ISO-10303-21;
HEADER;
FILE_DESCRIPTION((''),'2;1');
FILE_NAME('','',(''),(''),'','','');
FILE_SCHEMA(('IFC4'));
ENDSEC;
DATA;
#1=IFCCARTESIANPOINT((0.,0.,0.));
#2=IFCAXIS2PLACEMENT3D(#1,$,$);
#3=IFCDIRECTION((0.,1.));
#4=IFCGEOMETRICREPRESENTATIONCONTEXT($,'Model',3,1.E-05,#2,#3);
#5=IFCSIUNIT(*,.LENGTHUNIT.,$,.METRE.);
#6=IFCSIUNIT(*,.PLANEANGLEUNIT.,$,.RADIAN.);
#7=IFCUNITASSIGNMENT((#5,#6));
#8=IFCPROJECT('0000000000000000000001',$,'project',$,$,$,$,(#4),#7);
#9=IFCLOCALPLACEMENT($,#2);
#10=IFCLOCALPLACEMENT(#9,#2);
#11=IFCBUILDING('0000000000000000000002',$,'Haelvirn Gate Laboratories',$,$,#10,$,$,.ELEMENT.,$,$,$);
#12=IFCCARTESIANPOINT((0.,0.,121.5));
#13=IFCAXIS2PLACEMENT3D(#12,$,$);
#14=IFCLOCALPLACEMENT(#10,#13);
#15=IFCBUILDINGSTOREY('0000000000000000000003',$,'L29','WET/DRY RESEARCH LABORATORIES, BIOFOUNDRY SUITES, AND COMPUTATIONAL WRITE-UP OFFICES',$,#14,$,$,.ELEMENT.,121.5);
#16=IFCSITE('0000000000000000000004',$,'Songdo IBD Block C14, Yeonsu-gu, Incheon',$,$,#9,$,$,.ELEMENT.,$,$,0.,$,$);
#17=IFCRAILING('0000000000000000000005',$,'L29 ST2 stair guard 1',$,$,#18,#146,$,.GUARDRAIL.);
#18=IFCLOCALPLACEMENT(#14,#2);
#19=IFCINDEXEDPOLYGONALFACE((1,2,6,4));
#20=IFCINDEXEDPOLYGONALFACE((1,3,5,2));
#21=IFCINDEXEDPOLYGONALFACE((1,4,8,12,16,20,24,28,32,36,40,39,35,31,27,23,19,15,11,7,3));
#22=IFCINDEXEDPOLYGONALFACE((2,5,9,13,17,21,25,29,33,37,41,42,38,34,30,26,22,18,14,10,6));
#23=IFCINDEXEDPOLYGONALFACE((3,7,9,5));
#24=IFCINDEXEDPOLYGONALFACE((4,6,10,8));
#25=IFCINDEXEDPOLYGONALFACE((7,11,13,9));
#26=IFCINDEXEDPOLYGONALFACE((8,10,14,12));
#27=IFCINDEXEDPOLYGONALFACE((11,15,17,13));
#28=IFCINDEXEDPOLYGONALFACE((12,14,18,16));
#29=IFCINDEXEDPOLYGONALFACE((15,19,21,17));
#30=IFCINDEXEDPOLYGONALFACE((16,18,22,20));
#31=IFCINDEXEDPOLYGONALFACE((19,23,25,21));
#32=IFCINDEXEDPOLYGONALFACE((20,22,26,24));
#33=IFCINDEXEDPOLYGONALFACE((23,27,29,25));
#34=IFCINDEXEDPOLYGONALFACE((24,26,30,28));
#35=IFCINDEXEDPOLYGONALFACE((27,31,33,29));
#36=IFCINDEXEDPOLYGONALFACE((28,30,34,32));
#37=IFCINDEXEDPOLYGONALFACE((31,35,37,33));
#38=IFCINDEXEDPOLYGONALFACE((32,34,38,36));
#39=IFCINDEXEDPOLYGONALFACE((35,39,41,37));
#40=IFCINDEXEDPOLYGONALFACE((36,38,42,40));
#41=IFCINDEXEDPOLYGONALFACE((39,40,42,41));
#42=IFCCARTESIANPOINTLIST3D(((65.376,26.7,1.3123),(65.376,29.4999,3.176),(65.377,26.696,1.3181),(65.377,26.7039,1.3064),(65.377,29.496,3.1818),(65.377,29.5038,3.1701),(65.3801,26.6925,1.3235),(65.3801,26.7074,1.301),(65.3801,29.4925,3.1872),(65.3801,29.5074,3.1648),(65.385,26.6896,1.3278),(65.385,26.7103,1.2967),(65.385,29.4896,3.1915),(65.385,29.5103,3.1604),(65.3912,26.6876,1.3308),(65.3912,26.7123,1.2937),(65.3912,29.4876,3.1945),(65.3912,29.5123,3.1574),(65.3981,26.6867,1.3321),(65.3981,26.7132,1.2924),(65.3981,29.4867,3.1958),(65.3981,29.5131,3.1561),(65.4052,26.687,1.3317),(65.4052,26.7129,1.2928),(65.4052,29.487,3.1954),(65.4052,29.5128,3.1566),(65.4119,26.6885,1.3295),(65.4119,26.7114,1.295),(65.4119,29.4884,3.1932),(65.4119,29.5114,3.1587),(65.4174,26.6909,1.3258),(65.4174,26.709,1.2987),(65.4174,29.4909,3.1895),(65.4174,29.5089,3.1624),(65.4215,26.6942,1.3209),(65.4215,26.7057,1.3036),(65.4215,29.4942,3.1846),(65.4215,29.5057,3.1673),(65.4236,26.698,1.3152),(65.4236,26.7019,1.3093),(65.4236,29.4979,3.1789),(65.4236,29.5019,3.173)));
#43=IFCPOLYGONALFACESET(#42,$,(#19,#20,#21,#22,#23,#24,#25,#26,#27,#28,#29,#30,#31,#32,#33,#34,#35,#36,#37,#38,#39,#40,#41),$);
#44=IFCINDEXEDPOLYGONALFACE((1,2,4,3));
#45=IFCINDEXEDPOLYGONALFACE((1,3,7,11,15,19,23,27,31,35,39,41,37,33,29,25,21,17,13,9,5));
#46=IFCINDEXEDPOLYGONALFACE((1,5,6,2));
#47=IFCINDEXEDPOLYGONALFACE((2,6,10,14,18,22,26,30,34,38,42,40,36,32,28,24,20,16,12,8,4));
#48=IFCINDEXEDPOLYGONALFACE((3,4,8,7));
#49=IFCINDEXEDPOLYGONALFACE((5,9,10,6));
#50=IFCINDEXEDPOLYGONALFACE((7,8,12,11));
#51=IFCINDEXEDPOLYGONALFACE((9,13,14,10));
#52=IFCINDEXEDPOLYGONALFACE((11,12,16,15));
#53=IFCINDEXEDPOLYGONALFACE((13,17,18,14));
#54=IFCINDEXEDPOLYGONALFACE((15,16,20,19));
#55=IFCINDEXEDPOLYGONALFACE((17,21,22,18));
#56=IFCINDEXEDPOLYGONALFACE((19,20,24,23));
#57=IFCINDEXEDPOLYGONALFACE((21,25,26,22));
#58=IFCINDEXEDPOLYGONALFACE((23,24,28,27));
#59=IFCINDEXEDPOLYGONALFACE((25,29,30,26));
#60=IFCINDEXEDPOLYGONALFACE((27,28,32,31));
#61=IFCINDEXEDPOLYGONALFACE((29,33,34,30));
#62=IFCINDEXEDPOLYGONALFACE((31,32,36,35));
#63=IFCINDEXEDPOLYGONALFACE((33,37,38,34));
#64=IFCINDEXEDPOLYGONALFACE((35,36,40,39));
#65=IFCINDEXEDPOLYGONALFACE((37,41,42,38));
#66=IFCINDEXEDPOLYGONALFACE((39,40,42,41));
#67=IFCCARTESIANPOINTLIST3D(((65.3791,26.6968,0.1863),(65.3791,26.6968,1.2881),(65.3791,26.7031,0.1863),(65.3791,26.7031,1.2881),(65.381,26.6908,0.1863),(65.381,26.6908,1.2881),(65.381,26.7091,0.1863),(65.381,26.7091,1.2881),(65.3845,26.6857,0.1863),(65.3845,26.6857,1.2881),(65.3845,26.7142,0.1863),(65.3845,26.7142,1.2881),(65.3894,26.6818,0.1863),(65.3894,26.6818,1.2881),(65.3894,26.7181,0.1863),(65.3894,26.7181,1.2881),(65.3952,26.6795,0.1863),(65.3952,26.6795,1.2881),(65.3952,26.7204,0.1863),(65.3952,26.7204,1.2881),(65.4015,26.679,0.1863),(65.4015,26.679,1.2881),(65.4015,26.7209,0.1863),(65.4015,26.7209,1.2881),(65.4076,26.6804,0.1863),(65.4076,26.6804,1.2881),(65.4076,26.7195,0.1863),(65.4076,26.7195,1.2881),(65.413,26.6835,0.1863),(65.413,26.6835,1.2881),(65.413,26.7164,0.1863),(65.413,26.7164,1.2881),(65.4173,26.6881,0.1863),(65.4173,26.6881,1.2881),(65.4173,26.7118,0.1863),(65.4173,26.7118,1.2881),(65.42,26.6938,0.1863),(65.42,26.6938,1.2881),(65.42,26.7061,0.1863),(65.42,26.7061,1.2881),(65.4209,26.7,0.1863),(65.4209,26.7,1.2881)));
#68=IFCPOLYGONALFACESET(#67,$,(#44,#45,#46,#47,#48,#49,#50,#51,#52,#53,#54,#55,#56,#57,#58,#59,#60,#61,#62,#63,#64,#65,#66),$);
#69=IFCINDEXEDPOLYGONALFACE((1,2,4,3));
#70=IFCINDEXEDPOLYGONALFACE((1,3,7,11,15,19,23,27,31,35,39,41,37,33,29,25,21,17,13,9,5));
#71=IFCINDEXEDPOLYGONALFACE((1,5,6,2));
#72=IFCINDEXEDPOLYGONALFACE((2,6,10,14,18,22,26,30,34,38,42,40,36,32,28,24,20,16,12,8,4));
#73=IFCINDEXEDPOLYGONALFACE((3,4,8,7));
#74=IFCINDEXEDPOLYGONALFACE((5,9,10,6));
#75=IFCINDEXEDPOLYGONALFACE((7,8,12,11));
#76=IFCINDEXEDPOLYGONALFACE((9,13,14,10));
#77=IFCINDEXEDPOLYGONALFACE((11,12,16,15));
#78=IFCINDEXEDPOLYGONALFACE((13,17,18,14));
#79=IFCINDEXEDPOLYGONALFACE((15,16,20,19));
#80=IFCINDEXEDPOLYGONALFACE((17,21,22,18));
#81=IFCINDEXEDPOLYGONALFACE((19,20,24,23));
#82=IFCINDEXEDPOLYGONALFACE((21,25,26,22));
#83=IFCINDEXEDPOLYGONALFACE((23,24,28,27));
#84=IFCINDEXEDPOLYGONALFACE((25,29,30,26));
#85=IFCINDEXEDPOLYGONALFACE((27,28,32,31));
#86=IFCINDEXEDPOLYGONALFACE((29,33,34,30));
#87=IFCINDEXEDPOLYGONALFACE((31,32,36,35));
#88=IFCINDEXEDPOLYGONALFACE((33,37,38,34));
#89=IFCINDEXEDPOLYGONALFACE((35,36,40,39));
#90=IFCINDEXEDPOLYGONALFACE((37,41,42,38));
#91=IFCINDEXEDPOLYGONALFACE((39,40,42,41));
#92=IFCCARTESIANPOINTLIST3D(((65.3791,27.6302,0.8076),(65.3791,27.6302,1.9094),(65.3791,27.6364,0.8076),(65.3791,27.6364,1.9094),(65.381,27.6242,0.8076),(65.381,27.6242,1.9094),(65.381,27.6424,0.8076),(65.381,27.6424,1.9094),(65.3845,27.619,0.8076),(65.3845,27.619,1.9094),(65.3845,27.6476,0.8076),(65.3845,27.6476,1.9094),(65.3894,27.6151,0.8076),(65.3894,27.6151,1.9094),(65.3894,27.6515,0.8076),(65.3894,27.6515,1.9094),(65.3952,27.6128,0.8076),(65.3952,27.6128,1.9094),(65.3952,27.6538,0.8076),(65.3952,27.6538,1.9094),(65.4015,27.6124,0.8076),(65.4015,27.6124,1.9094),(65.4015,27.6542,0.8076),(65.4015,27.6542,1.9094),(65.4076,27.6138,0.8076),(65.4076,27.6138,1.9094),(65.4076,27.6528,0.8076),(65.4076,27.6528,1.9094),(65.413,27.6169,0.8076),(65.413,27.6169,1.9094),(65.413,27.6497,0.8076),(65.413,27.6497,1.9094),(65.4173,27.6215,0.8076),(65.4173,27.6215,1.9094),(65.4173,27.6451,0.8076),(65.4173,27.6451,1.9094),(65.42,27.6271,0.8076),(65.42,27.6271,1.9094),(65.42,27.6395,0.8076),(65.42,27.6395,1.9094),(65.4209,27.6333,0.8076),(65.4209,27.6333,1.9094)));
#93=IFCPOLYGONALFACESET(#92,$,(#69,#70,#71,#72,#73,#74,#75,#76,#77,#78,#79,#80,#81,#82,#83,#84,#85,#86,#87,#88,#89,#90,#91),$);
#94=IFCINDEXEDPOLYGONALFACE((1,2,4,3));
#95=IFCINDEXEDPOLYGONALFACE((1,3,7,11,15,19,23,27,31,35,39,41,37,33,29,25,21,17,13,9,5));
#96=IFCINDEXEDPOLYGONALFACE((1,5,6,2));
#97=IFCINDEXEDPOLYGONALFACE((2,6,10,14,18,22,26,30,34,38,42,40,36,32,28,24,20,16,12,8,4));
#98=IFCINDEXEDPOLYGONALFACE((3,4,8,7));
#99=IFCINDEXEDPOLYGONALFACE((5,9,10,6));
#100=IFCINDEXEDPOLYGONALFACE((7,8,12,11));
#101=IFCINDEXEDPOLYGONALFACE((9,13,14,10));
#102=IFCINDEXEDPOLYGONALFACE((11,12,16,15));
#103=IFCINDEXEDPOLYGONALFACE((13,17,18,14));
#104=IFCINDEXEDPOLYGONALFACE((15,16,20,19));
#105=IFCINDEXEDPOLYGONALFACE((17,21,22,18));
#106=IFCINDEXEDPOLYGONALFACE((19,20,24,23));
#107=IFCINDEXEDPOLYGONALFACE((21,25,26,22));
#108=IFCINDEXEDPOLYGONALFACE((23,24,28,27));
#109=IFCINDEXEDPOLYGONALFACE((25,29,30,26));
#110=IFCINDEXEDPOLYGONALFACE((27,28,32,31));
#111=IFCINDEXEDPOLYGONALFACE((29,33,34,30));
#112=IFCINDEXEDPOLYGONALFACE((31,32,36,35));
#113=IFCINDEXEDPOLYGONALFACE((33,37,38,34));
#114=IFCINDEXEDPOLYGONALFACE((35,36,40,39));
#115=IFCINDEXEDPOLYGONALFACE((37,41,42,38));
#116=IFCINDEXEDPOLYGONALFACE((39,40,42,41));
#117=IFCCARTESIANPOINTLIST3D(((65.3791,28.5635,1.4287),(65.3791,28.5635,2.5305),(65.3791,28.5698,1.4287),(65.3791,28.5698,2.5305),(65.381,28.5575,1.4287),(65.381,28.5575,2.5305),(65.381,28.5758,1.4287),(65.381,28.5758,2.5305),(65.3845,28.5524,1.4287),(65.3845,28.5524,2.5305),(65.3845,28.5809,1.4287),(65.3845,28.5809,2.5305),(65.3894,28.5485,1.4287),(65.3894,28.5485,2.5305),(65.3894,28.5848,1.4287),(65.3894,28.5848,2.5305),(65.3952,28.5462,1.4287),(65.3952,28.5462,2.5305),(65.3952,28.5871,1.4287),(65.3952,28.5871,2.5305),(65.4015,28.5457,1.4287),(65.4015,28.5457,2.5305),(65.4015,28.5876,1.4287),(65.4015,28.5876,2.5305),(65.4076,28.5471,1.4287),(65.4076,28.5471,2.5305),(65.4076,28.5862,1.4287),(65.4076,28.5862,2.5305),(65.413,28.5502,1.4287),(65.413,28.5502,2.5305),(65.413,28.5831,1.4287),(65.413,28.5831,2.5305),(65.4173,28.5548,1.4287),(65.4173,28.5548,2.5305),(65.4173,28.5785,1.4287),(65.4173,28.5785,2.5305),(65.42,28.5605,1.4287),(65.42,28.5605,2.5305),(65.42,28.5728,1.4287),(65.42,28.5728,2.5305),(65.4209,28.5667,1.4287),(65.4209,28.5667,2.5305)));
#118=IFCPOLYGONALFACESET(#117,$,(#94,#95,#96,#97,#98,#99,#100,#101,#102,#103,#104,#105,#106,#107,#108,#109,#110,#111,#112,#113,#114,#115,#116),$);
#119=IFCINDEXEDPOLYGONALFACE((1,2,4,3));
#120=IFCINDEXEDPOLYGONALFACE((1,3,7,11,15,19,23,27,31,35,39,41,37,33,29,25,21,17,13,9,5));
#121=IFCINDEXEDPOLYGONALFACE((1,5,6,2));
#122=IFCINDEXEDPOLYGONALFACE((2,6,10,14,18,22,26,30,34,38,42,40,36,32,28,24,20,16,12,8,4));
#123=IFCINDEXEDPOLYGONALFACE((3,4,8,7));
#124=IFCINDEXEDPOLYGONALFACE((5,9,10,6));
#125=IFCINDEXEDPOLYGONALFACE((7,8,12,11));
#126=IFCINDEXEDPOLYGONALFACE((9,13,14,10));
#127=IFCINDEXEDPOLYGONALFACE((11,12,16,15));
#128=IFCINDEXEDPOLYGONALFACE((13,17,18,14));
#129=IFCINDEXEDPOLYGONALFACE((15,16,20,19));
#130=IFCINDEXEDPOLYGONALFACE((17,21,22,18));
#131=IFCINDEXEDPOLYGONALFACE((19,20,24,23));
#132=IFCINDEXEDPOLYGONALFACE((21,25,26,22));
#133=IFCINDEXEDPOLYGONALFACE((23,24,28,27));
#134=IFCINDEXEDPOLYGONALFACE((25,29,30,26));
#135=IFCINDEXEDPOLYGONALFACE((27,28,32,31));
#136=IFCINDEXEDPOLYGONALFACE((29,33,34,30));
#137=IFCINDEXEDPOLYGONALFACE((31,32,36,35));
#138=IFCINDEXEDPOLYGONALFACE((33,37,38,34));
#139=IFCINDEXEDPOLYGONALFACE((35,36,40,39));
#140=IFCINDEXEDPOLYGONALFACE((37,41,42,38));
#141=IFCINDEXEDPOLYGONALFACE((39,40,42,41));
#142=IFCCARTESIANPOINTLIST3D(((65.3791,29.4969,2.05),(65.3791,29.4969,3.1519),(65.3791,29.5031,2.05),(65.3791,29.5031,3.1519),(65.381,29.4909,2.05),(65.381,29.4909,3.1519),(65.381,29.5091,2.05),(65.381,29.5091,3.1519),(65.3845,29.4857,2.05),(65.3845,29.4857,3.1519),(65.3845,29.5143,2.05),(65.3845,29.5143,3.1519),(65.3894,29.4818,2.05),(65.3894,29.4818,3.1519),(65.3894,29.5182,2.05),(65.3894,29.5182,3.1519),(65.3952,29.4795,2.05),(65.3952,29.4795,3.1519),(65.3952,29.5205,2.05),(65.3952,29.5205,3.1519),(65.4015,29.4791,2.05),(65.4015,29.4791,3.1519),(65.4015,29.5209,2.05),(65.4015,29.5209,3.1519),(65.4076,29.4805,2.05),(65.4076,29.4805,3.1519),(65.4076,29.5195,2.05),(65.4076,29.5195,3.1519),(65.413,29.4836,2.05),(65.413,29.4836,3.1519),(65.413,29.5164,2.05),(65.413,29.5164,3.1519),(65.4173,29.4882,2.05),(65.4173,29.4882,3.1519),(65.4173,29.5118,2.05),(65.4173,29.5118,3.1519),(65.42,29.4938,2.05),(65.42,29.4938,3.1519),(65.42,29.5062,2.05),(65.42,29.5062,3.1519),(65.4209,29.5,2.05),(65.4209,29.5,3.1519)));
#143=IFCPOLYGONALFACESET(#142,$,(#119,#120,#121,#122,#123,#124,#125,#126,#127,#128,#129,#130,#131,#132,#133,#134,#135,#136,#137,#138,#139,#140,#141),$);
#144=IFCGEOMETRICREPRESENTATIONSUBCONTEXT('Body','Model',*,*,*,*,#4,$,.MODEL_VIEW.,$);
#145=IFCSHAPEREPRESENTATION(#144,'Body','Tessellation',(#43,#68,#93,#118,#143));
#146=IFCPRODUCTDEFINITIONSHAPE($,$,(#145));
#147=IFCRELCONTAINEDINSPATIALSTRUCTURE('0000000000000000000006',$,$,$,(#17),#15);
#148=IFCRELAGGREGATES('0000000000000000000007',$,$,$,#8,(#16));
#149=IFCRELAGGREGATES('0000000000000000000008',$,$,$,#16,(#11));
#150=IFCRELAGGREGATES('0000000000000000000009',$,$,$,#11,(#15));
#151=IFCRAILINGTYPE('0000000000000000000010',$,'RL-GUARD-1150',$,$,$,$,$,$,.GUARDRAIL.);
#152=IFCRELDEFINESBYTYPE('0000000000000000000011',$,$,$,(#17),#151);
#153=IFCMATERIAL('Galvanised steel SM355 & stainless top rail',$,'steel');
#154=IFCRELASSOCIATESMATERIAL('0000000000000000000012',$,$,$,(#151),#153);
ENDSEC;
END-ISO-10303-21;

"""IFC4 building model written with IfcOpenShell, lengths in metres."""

from ifc_helpers import new_model, si_unit, direction, frame, origin, origin_2d, place, context, subcontext, project, spatial, circle, extrude, source, transform, mapped, material, type_object, element, save


model = new_model("IFC4")

# Units and contexts
model_context = context("Model", 3, precision=1e-05, world=origin(), true_north=direction((0.0, 1.0)))
body_context = subcontext(model_context, "Body", "Model", "MODEL_VIEW")
ifc_project = project(units=[si_unit("LENGTHUNIT", "METRE"), si_unit("PLANEANGLEUNIT", "RADIAN")], contexts=[model_context])

# Site, building, storey
site_placement = place(None, origin())
site = spatial("IfcSite", under=ifc_project, at=site_placement, Name="Songdo IBD Block C14, Yeonsu-gu, Incheon", CompositionType="ELEMENT", RefElevation=0.0)
building_placement = place(site_placement, origin())
building = spatial("IfcBuilding", under=site, at=building_placement, Name="Haelvirn Gate Laboratories", CompositionType="ELEMENT")
storey_placement = place(building_placement, frame((0.0, 0.0, 121.5)))
storey = spatial("IfcBuildingStorey", under=building, at=storey_placement, Name="L29", Description="WET/DRY RESEARCH LABORATORIES, BIOFOUNDRY SUITES, AND COMPUTATIONAL WRITE-UP OFFICES", CompositionType="ELEMENT", Elevation=121.5)

# Railing
ifc_material_1 = material(Name="Galvanised steel SM355 & stainless top rail", Category="steel")
railing_type_1 = type_object("IfcRailingType", Name="RL-GUARD-1150", PredefinedType="GUARDRAIL", material=ifc_material_1)
shared_shape_1 = source(origin(), body_context, "Body", "SweptSolid", [
    extrude(circle(Radius=0.0239, at=origin_2d()), frame((0.0, 0.0, 1.126), z_axis=(0.0, 0.832452, 0.554097), x_axis=(-1.0, 0.0, 0.0)), (0.0, 0.0, 1.0), 3.3635),
    extrude(circle(Radius=0.021, at=origin_2d()), origin(), (0.0, 0.0, 1.0), 1.1018),
    extrude(circle(Radius=0.021, at=origin_2d()), frame((0.0, 0.9333, 0.6213)), (0.0, 0.0, 1.0), 1.1018),
    extrude(circle(Radius=0.021, at=origin_2d()), frame((0.0, 1.8667, 1.2424)), (0.0, 0.0, 1.0), 1.1018),
    extrude(circle(Radius=0.021, at=origin_2d()), frame((0.0, 2.8, 1.8638)), (0.0, 0.0, 1.0), 1.1018),
])
railing_1_placement = place(storey_placement, frame((65.3999, 26.7, 0.1863)))
element("IfcRailing", 1, at=railing_1_placement, inside=storey, type_object=railing_type_1, Name="L29 ST2 stair guard 1", PredefinedType="GUARDRAIL", context=body_context, shape_type="MappedRepresentation", body=[
    mapped(shared_shape_1, transform((0.0, 0.0, 0.0), scale=1.0)),
])

save(model, "model.ifc")
